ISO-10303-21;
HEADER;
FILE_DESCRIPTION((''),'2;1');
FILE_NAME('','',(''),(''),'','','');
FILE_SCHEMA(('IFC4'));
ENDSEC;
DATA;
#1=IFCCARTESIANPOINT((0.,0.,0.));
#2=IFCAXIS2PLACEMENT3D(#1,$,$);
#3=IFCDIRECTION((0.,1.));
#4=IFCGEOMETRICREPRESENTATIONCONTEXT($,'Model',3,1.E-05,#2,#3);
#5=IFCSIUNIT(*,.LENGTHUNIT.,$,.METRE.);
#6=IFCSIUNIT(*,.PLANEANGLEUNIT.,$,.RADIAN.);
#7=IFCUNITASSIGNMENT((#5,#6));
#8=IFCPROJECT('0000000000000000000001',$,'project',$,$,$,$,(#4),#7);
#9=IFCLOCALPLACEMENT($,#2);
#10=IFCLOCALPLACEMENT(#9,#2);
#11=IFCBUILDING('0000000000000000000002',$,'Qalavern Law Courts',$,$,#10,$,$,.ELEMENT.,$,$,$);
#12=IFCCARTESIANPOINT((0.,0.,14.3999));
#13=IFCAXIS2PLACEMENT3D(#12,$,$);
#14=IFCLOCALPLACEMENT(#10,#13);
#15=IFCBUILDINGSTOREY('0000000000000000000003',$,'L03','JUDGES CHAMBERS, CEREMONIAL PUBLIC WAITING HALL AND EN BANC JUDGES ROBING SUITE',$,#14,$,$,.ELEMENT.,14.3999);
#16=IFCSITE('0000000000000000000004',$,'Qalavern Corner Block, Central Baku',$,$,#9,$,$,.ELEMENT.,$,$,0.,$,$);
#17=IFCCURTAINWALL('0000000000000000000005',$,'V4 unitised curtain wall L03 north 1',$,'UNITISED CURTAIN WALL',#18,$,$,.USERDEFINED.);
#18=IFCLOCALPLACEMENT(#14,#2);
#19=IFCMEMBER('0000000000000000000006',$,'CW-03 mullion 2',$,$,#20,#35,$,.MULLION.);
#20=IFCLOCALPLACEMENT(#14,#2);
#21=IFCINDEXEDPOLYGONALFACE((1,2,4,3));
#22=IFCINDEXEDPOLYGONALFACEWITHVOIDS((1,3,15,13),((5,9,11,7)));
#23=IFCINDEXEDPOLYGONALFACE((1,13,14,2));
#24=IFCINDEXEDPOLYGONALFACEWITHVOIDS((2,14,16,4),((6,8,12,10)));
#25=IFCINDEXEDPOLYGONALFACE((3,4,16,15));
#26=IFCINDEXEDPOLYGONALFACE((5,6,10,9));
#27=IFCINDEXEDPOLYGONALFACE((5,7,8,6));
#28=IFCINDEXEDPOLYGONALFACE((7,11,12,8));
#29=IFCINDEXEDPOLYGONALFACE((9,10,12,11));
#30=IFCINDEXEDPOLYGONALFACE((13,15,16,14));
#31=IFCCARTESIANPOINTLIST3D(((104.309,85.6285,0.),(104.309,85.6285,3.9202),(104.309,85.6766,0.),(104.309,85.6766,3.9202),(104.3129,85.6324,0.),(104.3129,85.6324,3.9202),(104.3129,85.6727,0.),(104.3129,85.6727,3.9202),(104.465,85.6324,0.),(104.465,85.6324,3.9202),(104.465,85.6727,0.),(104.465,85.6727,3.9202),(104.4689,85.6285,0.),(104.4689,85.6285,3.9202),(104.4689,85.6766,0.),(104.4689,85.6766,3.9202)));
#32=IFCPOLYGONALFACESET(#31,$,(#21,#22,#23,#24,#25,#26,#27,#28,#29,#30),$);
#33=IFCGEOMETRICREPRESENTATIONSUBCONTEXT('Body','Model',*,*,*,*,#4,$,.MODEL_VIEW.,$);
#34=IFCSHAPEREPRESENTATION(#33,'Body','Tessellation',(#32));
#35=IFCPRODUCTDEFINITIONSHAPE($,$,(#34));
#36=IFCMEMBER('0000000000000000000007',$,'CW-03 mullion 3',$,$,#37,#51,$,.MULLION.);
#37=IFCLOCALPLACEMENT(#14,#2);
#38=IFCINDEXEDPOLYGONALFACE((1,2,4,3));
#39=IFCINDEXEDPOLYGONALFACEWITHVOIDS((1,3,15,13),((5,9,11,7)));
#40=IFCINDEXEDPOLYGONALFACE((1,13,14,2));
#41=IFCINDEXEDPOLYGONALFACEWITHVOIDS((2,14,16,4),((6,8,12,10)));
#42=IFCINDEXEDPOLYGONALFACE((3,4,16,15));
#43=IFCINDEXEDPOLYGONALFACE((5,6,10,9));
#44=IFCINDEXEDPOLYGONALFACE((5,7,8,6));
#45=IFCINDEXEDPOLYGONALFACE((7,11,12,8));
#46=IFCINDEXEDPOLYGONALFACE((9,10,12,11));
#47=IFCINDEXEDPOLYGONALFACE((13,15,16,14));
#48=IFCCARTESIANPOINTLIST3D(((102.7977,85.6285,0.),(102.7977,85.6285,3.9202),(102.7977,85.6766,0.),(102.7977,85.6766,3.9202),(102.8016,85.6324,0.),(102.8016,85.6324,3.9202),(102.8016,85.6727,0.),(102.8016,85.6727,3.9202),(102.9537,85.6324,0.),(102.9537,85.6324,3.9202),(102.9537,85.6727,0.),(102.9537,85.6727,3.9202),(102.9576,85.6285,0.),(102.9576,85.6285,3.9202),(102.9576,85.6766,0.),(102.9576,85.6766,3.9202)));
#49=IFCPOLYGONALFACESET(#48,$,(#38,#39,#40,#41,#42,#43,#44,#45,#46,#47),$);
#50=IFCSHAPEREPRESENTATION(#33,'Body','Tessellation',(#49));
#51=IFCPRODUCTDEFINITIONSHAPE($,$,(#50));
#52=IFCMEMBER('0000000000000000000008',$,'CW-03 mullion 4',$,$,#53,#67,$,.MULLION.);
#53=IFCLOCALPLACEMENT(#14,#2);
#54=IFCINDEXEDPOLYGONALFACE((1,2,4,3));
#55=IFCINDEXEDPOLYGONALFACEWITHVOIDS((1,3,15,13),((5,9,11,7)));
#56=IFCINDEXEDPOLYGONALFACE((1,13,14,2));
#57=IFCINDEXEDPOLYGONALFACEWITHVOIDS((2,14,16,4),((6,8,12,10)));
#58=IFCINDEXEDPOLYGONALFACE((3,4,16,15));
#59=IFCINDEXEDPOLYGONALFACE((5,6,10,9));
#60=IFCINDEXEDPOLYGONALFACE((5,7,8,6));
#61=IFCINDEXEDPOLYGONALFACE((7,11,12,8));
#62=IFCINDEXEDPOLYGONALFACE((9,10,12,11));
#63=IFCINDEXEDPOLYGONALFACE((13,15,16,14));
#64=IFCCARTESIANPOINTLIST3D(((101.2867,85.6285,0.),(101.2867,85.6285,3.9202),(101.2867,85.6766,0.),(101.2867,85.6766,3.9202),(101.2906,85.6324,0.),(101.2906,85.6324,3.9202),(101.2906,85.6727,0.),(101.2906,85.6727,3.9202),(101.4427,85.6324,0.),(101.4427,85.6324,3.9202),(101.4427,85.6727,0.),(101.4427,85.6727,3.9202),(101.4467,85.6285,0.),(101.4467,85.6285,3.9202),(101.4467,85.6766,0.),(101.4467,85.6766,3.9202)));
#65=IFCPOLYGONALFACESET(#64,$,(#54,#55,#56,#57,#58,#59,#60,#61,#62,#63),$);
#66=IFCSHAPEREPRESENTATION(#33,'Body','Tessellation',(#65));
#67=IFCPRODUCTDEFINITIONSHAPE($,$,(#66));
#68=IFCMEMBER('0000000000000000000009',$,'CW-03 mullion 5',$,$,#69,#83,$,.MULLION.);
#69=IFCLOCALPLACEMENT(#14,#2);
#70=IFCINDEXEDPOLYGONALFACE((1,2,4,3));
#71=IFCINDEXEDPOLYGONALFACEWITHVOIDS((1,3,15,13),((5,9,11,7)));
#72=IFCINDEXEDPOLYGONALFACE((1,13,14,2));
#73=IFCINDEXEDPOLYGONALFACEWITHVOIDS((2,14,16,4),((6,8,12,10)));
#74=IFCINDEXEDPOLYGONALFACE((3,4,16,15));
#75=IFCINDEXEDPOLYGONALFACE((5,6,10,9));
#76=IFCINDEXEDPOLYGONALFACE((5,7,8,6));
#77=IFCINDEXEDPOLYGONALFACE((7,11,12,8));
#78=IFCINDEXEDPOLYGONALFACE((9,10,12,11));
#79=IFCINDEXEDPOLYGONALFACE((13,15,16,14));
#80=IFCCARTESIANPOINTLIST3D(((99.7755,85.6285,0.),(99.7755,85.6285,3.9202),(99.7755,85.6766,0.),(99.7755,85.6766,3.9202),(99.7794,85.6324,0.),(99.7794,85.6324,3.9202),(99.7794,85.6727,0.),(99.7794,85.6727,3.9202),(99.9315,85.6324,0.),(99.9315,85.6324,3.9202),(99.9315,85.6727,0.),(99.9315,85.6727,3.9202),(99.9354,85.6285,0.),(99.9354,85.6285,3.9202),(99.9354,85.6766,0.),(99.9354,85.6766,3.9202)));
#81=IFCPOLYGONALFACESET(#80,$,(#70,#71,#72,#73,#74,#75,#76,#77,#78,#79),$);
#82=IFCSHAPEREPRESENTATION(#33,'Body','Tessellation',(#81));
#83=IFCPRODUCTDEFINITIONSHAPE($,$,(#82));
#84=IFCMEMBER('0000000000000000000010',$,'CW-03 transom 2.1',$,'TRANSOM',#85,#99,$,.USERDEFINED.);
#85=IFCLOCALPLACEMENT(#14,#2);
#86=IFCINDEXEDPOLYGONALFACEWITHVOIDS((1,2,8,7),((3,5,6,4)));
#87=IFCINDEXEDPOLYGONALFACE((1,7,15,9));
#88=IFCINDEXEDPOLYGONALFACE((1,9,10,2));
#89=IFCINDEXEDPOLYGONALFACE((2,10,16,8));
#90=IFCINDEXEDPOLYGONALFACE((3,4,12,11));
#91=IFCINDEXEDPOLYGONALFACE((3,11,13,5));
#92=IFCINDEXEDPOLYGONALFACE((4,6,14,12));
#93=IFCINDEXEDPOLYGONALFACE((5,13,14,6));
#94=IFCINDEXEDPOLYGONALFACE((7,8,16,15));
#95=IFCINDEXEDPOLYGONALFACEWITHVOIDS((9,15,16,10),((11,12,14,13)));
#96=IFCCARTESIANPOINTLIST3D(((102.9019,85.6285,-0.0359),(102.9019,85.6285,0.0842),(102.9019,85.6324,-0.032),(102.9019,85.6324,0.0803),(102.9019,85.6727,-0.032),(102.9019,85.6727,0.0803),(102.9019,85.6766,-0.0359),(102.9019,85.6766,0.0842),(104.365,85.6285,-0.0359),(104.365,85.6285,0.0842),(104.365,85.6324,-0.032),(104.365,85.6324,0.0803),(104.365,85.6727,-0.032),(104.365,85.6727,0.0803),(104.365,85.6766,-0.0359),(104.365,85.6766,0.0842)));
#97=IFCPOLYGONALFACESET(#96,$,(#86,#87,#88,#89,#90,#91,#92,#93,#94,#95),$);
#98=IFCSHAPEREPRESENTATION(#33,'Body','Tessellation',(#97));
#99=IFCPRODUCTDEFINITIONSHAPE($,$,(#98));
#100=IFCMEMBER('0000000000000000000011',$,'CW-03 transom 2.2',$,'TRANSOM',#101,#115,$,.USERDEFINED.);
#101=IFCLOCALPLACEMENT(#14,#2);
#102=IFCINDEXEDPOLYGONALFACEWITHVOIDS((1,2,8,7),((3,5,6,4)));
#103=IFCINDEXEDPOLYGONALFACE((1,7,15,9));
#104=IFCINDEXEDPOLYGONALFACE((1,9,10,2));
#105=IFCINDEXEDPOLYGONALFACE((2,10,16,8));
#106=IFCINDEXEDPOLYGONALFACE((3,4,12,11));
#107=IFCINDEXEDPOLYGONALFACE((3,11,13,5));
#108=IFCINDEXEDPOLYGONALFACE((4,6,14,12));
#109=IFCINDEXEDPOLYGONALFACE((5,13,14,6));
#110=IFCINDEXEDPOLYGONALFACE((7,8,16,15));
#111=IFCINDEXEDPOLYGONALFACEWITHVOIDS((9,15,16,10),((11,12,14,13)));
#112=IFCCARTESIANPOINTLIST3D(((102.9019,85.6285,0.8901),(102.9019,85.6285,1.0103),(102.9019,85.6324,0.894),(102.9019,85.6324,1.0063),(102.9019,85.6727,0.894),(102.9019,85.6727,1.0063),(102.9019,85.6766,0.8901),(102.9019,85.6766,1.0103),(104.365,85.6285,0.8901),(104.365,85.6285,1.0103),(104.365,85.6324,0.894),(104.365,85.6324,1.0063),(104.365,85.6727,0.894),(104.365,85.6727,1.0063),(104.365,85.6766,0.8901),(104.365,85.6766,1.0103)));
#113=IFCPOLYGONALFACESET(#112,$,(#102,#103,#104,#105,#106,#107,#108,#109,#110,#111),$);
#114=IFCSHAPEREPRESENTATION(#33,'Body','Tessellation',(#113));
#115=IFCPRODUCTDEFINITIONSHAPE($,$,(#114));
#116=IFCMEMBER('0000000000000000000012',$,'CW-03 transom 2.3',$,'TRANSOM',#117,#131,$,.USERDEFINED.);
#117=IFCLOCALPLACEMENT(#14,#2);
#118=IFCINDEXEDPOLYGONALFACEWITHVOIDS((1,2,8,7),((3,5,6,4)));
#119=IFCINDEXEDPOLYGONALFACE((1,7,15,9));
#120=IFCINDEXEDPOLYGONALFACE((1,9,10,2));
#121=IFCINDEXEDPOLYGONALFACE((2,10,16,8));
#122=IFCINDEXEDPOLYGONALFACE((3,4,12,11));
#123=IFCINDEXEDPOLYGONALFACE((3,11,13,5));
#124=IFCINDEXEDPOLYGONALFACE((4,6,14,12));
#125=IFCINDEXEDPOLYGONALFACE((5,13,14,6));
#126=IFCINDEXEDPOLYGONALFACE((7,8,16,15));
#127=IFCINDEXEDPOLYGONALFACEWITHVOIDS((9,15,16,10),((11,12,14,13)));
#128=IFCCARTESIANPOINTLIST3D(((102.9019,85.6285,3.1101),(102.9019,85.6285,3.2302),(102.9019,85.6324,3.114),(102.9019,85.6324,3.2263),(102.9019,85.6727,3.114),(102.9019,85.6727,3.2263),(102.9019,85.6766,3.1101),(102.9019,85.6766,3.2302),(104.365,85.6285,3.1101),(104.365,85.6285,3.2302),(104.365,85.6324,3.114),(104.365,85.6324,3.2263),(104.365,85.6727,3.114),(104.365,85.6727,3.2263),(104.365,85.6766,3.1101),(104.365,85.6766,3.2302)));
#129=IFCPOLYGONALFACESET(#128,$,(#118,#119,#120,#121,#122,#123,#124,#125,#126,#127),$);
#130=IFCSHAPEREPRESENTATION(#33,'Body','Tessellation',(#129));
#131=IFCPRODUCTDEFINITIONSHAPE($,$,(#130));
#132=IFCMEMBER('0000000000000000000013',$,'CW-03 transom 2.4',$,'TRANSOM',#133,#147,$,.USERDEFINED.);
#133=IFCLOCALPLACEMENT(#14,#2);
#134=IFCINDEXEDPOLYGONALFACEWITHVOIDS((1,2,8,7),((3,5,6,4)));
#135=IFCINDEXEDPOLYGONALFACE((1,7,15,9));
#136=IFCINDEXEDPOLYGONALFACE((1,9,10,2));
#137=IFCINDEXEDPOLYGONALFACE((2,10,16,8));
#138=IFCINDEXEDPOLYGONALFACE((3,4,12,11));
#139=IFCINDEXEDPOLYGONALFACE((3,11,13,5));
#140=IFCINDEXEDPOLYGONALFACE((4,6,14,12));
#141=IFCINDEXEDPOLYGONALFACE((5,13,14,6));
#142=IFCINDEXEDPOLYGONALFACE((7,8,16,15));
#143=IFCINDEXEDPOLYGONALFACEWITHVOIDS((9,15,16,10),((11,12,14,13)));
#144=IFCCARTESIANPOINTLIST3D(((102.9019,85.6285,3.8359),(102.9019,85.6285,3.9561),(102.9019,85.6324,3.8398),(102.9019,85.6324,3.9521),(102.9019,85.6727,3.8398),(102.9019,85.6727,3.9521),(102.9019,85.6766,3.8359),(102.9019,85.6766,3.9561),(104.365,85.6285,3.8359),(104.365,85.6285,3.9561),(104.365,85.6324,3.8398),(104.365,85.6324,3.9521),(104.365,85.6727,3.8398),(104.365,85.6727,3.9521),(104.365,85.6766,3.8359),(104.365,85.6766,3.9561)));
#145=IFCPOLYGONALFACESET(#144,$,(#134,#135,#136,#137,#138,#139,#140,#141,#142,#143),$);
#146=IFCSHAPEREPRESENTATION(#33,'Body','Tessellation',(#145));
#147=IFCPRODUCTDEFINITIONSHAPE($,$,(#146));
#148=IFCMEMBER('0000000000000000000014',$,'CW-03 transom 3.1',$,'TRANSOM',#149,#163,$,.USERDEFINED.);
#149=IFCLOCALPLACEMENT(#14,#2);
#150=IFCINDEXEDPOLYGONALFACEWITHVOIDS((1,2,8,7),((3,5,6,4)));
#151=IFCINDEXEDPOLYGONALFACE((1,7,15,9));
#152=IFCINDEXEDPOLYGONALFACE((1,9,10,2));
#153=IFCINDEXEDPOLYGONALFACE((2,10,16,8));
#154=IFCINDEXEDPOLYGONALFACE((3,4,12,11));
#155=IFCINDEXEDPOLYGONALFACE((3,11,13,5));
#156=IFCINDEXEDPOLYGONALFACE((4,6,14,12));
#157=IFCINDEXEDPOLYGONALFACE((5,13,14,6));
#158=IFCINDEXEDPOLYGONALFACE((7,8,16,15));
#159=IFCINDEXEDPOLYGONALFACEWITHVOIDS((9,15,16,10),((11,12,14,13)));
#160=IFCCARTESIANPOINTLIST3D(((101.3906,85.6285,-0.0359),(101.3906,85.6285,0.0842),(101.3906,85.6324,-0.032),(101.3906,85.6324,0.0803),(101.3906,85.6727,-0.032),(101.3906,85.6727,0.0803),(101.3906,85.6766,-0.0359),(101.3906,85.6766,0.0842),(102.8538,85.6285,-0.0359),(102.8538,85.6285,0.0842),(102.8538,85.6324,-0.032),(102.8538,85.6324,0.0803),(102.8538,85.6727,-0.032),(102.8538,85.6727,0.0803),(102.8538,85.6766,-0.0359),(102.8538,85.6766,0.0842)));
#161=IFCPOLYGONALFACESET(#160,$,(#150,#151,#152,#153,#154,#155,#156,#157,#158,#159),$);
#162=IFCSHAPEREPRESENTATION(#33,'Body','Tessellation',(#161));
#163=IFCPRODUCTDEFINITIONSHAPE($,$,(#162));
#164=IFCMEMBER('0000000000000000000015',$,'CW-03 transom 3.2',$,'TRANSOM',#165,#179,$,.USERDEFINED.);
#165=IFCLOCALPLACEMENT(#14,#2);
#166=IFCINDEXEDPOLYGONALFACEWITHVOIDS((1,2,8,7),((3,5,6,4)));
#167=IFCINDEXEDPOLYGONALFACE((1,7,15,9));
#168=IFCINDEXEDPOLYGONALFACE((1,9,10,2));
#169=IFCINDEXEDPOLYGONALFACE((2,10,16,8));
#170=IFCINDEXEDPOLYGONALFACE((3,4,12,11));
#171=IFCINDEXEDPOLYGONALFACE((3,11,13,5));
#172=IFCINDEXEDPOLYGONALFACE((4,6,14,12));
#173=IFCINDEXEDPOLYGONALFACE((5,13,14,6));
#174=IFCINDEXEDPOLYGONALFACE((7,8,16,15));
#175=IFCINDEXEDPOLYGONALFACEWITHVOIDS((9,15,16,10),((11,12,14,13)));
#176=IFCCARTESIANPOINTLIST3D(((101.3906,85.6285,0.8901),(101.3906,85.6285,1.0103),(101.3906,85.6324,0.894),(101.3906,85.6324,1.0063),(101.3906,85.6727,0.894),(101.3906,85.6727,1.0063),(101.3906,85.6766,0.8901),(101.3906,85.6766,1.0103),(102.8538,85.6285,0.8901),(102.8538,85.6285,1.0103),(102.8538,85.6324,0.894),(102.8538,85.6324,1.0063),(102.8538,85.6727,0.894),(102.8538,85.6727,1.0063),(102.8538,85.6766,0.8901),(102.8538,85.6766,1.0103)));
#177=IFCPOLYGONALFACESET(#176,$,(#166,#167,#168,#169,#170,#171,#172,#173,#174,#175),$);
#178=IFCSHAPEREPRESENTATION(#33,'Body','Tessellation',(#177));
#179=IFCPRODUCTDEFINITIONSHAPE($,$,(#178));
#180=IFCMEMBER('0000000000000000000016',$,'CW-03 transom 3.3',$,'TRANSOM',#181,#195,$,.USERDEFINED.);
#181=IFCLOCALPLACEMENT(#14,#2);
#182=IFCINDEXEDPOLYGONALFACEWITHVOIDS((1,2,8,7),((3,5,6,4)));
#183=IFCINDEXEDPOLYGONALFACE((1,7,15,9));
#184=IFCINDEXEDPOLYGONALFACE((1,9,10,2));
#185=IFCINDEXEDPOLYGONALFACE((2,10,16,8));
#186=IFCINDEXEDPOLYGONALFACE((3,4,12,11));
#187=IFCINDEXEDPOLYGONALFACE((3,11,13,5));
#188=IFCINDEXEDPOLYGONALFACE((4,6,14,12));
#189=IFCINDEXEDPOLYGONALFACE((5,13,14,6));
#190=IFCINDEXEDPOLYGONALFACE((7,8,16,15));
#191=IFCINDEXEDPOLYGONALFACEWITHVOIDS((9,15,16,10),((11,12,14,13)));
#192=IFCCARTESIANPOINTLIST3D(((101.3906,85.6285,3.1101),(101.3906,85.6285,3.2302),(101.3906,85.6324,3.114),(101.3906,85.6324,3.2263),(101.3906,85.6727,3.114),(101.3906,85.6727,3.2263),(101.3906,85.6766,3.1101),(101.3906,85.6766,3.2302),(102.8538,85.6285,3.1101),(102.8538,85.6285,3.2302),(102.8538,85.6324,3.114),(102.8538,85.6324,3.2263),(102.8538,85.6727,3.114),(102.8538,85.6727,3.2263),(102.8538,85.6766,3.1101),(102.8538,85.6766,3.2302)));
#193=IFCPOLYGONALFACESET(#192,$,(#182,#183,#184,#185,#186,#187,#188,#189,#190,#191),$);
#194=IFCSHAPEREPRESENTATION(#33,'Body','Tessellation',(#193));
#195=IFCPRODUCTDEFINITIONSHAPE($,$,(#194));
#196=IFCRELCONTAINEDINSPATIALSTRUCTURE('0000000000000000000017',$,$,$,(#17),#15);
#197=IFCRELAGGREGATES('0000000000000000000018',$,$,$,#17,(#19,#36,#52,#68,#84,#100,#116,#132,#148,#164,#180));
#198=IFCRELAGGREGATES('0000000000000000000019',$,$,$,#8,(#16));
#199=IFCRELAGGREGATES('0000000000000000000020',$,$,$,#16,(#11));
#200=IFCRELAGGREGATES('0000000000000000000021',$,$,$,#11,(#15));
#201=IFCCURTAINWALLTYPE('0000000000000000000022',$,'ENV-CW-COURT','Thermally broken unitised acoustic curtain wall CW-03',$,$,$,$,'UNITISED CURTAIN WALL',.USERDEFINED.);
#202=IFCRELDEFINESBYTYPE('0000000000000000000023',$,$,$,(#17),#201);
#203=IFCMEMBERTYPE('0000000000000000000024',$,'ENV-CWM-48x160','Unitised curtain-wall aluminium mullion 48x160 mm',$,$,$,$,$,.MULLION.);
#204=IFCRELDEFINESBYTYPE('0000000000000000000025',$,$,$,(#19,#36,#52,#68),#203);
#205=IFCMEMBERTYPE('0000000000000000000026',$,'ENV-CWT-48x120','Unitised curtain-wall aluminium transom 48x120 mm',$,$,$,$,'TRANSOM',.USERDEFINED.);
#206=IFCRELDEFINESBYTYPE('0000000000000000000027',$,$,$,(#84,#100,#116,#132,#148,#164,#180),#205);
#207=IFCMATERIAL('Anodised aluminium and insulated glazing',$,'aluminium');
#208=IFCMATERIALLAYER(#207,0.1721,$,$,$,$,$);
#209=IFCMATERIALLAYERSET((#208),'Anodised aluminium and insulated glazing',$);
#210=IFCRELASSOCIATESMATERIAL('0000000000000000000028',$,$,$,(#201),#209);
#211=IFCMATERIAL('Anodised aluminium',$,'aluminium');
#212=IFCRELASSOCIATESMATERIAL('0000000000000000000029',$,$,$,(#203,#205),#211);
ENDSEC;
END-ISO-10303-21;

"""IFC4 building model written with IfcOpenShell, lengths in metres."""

from ifc_helpers import new_model, si_unit, direction, frame, origin, origin_2d, place, context, subcontext, project, spatial, hollow_rectangle, extrude, material, layer, layer_set, material_profile, profile_set, type_object, element, aggregate, save


model = new_model("IFC4")

# Units and contexts
model_context = context("Model", 3, precision=1e-05, world=origin(), true_north=direction((0.0, 1.0)))
body_context = subcontext(model_context, "Body", "Model", "MODEL_VIEW")
ifc_project = project(units=[si_unit("LENGTHUNIT", "METRE"), si_unit("PLANEANGLEUNIT", "RADIAN")], contexts=[model_context])

# Site, building, storey
site_placement = place(None, origin())
site = spatial("IfcSite", under=ifc_project, at=site_placement, Name="Qalavern Corner Block, Central Baku", CompositionType="ELEMENT", RefElevation=0.0)
building_placement = place(site_placement, origin())
building = spatial("IfcBuilding", under=site, at=building_placement, Name="Qalavern Law Courts", CompositionType="ELEMENT")
storey_placement = place(building_placement, frame((0.0, 0.0, 14.3999)))
storey = spatial("IfcBuildingStorey", under=building, at=storey_placement, Name="L03", Description="JUDGES CHAMBERS, CEREMONIAL PUBLIC WAITING HALL AND EN BANC JUDGES ROBING SUITE", CompositionType="ELEMENT", Elevation=14.3999)

# Curtain wall, members
ifc_material_1 = material(Name="Anodised aluminium and insulated glazing", Category="aluminium")
ifc_layer_1 = layer(ifc_material_1, 0.1721)
ifc_layer_set_1 = layer_set([ifc_layer_1], Name="Anodised aluminium and insulated glazing")
curtain_wall_type = type_object("IfcCurtainWallType", Name="ENV-CW-COURT", Description="Thermally broken unitised acoustic curtain wall CW-03", ElementType="UNITISED CURTAIN WALL", PredefinedType="USERDEFINED", material=ifc_layer_set_1)
curtain_wall_placement = place(storey_placement, origin())
curtain_wall = element("IfcCurtainWall", 1, at=curtain_wall_placement, inside=storey, type_object=curtain_wall_type, Name="V4 unitised curtain wall L03 north 1", ObjectType="UNITISED CURTAIN WALL", PredefinedType="USERDEFINED")
ifc_material_2 = material(Name="Anodised aluminium", Category="aluminium")
ifc_material_profile_1 = material_profile(ifc_material_2, hollow_rectangle(XDim=0.0481, YDim=0.1599, WallThickness=0.0039, at=origin_2d()), Name="ALU MULLION 48x160")
ifc_profile_set_1 = profile_set([ifc_material_profile_1], Name="Anodised aluminium")
member_type_1 = type_object("IfcMemberType", Name="ENV-CWM-48x160", Description="Unitised curtain-wall aluminium mullion 48x160 mm", PredefinedType="MULLION", material=ifc_profile_set_1)
member_1_placement = place(storey_placement, frame((104.3889, 85.6526, 0.0), z_axis=(0.0, 0.0, 1.0), x_axis=(0.0, -1.0, 0.0)))
member_1 = element("IfcMember", 2, at=member_1_placement, type_object=member_type_1, Name="CW-03 mullion 2", PredefinedType="MULLION", context=body_context, shape_type="SweptSolid", body=[
    extrude(hollow_rectangle(XDim=0.0481, YDim=0.1599, WallThickness=0.0039, at=origin_2d()), origin(), (0.0, 0.0, 1.0), 3.9202),
])
member_2_placement = place(storey_placement, frame((102.8777, 85.6526, 0.0), z_axis=(0.0, 0.0, 1.0), x_axis=(0.0, -1.0, 0.0)))
member_2 = element("IfcMember", 3, at=member_2_placement, type_object=member_type_1, Name="CW-03 mullion 3", PredefinedType="MULLION", context=body_context, shape_type="SweptSolid", body=[
    extrude(hollow_rectangle(XDim=0.0481, YDim=0.1599, WallThickness=0.0039, at=origin_2d()), origin(), (0.0, 0.0, 1.0), 3.9202),
])
member_3_placement = place(storey_placement, frame((101.3667, 85.6526, 0.0), z_axis=(0.0, 0.0, 1.0), x_axis=(0.0, -1.0, 0.0)))
member_3 = element("IfcMember", 4, at=member_3_placement, type_object=member_type_1, Name="CW-03 mullion 4", PredefinedType="MULLION", context=body_context, shape_type="SweptSolid", body=[
    extrude(hollow_rectangle(XDim=0.0481, YDim=0.1599, WallThickness=0.0039, at=origin_2d()), origin(), (0.0, 0.0, 1.0), 3.9202),
])
member_4_placement = place(storey_placement, frame((99.8555, 85.6526, 0.0), z_axis=(0.0, 0.0, 1.0), x_axis=(0.0, -1.0, 0.0)))
member_4 = element("IfcMember", 5, at=member_4_placement, type_object=member_type_1, Name="CW-03 mullion 5", PredefinedType="MULLION", context=body_context, shape_type="SweptSolid", body=[
    extrude(hollow_rectangle(XDim=0.0481, YDim=0.1599, WallThickness=0.0039, at=origin_2d()), origin(), (0.0, 0.0, 1.0), 3.9202),
])
ifc_material_profile_2 = material_profile(ifc_material_2, hollow_rectangle(XDim=0.0481, YDim=0.1201, WallThickness=0.0039, at=origin_2d()), Name="ALU TRANSOM 48x120")
ifc_profile_set_2 = profile_set([ifc_material_profile_2], Name="Anodised aluminium")
member_type_2 = type_object("IfcMemberType", Name="ENV-CWT-48x120", Description="Unitised curtain-wall aluminium transom 48x120 mm", ElementType="TRANSOM", PredefinedType="USERDEFINED", material=ifc_profile_set_2)
member_5_placement = place(storey_placement, frame((104.365, 85.6526, 0.0242), z_axis=(-1.0, 0.0, 0.0), x_axis=(0.0, -1.0, 0.0)))
member_5 = element("IfcMember", 6, at=member_5_placement, type_object=member_type_2, Name="CW-03 transom 2.1", ObjectType="TRANSOM", PredefinedType="USERDEFINED", context=body_context, shape_type="SweptSolid", body=[
    extrude(hollow_rectangle(XDim=0.0481, YDim=0.1201, WallThickness=0.0039, at=origin_2d()), origin(), (0.0, 0.0, 1.0), 1.4631),
])
member_6_placement = place(storey_placement, frame((104.365, 85.6526, 0.9502), z_axis=(-1.0, 0.0, 0.0), x_axis=(0.0, -1.0, 0.0)))
member_6 = element("IfcMember", 7, at=member_6_placement, type_object=member_type_2, Name="CW-03 transom 2.2", ObjectType="TRANSOM", PredefinedType="USERDEFINED", context=body_context, shape_type="SweptSolid", body=[
    extrude(hollow_rectangle(XDim=0.0481, YDim=0.1201, WallThickness=0.0039, at=origin_2d()), origin(), (0.0, 0.0, 1.0), 1.4631),
])
member_7_placement = place(storey_placement, frame((104.365, 85.6526, 3.1702), z_axis=(-1.0, 0.0, 0.0), x_axis=(0.0, -1.0, 0.0)))
member_7 = element("IfcMember", 8, at=member_7_placement, type_object=member_type_2, Name="CW-03 transom 2.3", ObjectType="TRANSOM", PredefinedType="USERDEFINED", context=body_context, shape_type="SweptSolid", body=[
    extrude(hollow_rectangle(XDim=0.0481, YDim=0.1201, WallThickness=0.0039, at=origin_2d()), origin(), (0.0, 0.0, 1.0), 1.4631),
])
member_8_placement = place(storey_placement, frame((104.365, 85.6526, 3.896), z_axis=(-1.0, 0.0, 0.0), x_axis=(0.0, -1.0, 0.0)))
member_8 = element("IfcMember", 9, at=member_8_placement, type_object=member_type_2, Name="CW-03 transom 2.4", ObjectType="TRANSOM", PredefinedType="USERDEFINED", context=body_context, shape_type="SweptSolid", body=[
    extrude(hollow_rectangle(XDim=0.0481, YDim=0.1201, WallThickness=0.0039, at=origin_2d()), origin(), (0.0, 0.0, 1.0), 1.4631),
])
member_9_placement = place(storey_placement, frame((102.8538, 85.6526, 0.0242), z_axis=(-1.0, 0.0, 0.0), x_axis=(0.0, -1.0, 0.0)))
member_9 = element("IfcMember", 10, at=member_9_placement, type_object=member_type_2, Name="CW-03 transom 3.1", ObjectType="TRANSOM", PredefinedType="USERDEFINED", context=body_context, shape_type="SweptSolid", body=[
    extrude(hollow_rectangle(XDim=0.0481, YDim=0.1201, WallThickness=0.0039, at=origin_2d()), origin(), (0.0, 0.0, 1.0), 1.4631),
])
member_10_placement = place(storey_placement, frame((102.8538, 85.6526, 0.9502), z_axis=(-1.0, 0.0, 0.0), x_axis=(0.0, -1.0, 0.0)))
member_10 = element("IfcMember", 11, at=member_10_placement, type_object=member_type_2, Name="CW-03 transom 3.2", ObjectType="TRANSOM", PredefinedType="USERDEFINED", context=body_context, shape_type="SweptSolid", body=[
    extrude(hollow_rectangle(XDim=0.0481, YDim=0.1201, WallThickness=0.0039, at=origin_2d()), origin(), (0.0, 0.0, 1.0), 1.4631),
])
member_11_placement = place(storey_placement, frame((102.8538, 85.6526, 3.1702), z_axis=(-1.0, 0.0, 0.0), x_axis=(0.0, -1.0, 0.0)))
member_11 = element("IfcMember", 12, at=member_11_placement, type_object=member_type_2, Name="CW-03 transom 3.3", ObjectType="TRANSOM", PredefinedType="USERDEFINED", context=body_context, shape_type="SweptSolid", body=[
    extrude(hollow_rectangle(XDim=0.0481, YDim=0.1201, WallThickness=0.0039, at=origin_2d()), origin(), (0.0, 0.0, 1.0), 1.4631),
])
aggregate(curtain_wall, [member_1, member_2, member_3, member_4, member_5, member_6, member_7, member_8, member_9, member_10, member_11])

save(model, "model.ifc")
